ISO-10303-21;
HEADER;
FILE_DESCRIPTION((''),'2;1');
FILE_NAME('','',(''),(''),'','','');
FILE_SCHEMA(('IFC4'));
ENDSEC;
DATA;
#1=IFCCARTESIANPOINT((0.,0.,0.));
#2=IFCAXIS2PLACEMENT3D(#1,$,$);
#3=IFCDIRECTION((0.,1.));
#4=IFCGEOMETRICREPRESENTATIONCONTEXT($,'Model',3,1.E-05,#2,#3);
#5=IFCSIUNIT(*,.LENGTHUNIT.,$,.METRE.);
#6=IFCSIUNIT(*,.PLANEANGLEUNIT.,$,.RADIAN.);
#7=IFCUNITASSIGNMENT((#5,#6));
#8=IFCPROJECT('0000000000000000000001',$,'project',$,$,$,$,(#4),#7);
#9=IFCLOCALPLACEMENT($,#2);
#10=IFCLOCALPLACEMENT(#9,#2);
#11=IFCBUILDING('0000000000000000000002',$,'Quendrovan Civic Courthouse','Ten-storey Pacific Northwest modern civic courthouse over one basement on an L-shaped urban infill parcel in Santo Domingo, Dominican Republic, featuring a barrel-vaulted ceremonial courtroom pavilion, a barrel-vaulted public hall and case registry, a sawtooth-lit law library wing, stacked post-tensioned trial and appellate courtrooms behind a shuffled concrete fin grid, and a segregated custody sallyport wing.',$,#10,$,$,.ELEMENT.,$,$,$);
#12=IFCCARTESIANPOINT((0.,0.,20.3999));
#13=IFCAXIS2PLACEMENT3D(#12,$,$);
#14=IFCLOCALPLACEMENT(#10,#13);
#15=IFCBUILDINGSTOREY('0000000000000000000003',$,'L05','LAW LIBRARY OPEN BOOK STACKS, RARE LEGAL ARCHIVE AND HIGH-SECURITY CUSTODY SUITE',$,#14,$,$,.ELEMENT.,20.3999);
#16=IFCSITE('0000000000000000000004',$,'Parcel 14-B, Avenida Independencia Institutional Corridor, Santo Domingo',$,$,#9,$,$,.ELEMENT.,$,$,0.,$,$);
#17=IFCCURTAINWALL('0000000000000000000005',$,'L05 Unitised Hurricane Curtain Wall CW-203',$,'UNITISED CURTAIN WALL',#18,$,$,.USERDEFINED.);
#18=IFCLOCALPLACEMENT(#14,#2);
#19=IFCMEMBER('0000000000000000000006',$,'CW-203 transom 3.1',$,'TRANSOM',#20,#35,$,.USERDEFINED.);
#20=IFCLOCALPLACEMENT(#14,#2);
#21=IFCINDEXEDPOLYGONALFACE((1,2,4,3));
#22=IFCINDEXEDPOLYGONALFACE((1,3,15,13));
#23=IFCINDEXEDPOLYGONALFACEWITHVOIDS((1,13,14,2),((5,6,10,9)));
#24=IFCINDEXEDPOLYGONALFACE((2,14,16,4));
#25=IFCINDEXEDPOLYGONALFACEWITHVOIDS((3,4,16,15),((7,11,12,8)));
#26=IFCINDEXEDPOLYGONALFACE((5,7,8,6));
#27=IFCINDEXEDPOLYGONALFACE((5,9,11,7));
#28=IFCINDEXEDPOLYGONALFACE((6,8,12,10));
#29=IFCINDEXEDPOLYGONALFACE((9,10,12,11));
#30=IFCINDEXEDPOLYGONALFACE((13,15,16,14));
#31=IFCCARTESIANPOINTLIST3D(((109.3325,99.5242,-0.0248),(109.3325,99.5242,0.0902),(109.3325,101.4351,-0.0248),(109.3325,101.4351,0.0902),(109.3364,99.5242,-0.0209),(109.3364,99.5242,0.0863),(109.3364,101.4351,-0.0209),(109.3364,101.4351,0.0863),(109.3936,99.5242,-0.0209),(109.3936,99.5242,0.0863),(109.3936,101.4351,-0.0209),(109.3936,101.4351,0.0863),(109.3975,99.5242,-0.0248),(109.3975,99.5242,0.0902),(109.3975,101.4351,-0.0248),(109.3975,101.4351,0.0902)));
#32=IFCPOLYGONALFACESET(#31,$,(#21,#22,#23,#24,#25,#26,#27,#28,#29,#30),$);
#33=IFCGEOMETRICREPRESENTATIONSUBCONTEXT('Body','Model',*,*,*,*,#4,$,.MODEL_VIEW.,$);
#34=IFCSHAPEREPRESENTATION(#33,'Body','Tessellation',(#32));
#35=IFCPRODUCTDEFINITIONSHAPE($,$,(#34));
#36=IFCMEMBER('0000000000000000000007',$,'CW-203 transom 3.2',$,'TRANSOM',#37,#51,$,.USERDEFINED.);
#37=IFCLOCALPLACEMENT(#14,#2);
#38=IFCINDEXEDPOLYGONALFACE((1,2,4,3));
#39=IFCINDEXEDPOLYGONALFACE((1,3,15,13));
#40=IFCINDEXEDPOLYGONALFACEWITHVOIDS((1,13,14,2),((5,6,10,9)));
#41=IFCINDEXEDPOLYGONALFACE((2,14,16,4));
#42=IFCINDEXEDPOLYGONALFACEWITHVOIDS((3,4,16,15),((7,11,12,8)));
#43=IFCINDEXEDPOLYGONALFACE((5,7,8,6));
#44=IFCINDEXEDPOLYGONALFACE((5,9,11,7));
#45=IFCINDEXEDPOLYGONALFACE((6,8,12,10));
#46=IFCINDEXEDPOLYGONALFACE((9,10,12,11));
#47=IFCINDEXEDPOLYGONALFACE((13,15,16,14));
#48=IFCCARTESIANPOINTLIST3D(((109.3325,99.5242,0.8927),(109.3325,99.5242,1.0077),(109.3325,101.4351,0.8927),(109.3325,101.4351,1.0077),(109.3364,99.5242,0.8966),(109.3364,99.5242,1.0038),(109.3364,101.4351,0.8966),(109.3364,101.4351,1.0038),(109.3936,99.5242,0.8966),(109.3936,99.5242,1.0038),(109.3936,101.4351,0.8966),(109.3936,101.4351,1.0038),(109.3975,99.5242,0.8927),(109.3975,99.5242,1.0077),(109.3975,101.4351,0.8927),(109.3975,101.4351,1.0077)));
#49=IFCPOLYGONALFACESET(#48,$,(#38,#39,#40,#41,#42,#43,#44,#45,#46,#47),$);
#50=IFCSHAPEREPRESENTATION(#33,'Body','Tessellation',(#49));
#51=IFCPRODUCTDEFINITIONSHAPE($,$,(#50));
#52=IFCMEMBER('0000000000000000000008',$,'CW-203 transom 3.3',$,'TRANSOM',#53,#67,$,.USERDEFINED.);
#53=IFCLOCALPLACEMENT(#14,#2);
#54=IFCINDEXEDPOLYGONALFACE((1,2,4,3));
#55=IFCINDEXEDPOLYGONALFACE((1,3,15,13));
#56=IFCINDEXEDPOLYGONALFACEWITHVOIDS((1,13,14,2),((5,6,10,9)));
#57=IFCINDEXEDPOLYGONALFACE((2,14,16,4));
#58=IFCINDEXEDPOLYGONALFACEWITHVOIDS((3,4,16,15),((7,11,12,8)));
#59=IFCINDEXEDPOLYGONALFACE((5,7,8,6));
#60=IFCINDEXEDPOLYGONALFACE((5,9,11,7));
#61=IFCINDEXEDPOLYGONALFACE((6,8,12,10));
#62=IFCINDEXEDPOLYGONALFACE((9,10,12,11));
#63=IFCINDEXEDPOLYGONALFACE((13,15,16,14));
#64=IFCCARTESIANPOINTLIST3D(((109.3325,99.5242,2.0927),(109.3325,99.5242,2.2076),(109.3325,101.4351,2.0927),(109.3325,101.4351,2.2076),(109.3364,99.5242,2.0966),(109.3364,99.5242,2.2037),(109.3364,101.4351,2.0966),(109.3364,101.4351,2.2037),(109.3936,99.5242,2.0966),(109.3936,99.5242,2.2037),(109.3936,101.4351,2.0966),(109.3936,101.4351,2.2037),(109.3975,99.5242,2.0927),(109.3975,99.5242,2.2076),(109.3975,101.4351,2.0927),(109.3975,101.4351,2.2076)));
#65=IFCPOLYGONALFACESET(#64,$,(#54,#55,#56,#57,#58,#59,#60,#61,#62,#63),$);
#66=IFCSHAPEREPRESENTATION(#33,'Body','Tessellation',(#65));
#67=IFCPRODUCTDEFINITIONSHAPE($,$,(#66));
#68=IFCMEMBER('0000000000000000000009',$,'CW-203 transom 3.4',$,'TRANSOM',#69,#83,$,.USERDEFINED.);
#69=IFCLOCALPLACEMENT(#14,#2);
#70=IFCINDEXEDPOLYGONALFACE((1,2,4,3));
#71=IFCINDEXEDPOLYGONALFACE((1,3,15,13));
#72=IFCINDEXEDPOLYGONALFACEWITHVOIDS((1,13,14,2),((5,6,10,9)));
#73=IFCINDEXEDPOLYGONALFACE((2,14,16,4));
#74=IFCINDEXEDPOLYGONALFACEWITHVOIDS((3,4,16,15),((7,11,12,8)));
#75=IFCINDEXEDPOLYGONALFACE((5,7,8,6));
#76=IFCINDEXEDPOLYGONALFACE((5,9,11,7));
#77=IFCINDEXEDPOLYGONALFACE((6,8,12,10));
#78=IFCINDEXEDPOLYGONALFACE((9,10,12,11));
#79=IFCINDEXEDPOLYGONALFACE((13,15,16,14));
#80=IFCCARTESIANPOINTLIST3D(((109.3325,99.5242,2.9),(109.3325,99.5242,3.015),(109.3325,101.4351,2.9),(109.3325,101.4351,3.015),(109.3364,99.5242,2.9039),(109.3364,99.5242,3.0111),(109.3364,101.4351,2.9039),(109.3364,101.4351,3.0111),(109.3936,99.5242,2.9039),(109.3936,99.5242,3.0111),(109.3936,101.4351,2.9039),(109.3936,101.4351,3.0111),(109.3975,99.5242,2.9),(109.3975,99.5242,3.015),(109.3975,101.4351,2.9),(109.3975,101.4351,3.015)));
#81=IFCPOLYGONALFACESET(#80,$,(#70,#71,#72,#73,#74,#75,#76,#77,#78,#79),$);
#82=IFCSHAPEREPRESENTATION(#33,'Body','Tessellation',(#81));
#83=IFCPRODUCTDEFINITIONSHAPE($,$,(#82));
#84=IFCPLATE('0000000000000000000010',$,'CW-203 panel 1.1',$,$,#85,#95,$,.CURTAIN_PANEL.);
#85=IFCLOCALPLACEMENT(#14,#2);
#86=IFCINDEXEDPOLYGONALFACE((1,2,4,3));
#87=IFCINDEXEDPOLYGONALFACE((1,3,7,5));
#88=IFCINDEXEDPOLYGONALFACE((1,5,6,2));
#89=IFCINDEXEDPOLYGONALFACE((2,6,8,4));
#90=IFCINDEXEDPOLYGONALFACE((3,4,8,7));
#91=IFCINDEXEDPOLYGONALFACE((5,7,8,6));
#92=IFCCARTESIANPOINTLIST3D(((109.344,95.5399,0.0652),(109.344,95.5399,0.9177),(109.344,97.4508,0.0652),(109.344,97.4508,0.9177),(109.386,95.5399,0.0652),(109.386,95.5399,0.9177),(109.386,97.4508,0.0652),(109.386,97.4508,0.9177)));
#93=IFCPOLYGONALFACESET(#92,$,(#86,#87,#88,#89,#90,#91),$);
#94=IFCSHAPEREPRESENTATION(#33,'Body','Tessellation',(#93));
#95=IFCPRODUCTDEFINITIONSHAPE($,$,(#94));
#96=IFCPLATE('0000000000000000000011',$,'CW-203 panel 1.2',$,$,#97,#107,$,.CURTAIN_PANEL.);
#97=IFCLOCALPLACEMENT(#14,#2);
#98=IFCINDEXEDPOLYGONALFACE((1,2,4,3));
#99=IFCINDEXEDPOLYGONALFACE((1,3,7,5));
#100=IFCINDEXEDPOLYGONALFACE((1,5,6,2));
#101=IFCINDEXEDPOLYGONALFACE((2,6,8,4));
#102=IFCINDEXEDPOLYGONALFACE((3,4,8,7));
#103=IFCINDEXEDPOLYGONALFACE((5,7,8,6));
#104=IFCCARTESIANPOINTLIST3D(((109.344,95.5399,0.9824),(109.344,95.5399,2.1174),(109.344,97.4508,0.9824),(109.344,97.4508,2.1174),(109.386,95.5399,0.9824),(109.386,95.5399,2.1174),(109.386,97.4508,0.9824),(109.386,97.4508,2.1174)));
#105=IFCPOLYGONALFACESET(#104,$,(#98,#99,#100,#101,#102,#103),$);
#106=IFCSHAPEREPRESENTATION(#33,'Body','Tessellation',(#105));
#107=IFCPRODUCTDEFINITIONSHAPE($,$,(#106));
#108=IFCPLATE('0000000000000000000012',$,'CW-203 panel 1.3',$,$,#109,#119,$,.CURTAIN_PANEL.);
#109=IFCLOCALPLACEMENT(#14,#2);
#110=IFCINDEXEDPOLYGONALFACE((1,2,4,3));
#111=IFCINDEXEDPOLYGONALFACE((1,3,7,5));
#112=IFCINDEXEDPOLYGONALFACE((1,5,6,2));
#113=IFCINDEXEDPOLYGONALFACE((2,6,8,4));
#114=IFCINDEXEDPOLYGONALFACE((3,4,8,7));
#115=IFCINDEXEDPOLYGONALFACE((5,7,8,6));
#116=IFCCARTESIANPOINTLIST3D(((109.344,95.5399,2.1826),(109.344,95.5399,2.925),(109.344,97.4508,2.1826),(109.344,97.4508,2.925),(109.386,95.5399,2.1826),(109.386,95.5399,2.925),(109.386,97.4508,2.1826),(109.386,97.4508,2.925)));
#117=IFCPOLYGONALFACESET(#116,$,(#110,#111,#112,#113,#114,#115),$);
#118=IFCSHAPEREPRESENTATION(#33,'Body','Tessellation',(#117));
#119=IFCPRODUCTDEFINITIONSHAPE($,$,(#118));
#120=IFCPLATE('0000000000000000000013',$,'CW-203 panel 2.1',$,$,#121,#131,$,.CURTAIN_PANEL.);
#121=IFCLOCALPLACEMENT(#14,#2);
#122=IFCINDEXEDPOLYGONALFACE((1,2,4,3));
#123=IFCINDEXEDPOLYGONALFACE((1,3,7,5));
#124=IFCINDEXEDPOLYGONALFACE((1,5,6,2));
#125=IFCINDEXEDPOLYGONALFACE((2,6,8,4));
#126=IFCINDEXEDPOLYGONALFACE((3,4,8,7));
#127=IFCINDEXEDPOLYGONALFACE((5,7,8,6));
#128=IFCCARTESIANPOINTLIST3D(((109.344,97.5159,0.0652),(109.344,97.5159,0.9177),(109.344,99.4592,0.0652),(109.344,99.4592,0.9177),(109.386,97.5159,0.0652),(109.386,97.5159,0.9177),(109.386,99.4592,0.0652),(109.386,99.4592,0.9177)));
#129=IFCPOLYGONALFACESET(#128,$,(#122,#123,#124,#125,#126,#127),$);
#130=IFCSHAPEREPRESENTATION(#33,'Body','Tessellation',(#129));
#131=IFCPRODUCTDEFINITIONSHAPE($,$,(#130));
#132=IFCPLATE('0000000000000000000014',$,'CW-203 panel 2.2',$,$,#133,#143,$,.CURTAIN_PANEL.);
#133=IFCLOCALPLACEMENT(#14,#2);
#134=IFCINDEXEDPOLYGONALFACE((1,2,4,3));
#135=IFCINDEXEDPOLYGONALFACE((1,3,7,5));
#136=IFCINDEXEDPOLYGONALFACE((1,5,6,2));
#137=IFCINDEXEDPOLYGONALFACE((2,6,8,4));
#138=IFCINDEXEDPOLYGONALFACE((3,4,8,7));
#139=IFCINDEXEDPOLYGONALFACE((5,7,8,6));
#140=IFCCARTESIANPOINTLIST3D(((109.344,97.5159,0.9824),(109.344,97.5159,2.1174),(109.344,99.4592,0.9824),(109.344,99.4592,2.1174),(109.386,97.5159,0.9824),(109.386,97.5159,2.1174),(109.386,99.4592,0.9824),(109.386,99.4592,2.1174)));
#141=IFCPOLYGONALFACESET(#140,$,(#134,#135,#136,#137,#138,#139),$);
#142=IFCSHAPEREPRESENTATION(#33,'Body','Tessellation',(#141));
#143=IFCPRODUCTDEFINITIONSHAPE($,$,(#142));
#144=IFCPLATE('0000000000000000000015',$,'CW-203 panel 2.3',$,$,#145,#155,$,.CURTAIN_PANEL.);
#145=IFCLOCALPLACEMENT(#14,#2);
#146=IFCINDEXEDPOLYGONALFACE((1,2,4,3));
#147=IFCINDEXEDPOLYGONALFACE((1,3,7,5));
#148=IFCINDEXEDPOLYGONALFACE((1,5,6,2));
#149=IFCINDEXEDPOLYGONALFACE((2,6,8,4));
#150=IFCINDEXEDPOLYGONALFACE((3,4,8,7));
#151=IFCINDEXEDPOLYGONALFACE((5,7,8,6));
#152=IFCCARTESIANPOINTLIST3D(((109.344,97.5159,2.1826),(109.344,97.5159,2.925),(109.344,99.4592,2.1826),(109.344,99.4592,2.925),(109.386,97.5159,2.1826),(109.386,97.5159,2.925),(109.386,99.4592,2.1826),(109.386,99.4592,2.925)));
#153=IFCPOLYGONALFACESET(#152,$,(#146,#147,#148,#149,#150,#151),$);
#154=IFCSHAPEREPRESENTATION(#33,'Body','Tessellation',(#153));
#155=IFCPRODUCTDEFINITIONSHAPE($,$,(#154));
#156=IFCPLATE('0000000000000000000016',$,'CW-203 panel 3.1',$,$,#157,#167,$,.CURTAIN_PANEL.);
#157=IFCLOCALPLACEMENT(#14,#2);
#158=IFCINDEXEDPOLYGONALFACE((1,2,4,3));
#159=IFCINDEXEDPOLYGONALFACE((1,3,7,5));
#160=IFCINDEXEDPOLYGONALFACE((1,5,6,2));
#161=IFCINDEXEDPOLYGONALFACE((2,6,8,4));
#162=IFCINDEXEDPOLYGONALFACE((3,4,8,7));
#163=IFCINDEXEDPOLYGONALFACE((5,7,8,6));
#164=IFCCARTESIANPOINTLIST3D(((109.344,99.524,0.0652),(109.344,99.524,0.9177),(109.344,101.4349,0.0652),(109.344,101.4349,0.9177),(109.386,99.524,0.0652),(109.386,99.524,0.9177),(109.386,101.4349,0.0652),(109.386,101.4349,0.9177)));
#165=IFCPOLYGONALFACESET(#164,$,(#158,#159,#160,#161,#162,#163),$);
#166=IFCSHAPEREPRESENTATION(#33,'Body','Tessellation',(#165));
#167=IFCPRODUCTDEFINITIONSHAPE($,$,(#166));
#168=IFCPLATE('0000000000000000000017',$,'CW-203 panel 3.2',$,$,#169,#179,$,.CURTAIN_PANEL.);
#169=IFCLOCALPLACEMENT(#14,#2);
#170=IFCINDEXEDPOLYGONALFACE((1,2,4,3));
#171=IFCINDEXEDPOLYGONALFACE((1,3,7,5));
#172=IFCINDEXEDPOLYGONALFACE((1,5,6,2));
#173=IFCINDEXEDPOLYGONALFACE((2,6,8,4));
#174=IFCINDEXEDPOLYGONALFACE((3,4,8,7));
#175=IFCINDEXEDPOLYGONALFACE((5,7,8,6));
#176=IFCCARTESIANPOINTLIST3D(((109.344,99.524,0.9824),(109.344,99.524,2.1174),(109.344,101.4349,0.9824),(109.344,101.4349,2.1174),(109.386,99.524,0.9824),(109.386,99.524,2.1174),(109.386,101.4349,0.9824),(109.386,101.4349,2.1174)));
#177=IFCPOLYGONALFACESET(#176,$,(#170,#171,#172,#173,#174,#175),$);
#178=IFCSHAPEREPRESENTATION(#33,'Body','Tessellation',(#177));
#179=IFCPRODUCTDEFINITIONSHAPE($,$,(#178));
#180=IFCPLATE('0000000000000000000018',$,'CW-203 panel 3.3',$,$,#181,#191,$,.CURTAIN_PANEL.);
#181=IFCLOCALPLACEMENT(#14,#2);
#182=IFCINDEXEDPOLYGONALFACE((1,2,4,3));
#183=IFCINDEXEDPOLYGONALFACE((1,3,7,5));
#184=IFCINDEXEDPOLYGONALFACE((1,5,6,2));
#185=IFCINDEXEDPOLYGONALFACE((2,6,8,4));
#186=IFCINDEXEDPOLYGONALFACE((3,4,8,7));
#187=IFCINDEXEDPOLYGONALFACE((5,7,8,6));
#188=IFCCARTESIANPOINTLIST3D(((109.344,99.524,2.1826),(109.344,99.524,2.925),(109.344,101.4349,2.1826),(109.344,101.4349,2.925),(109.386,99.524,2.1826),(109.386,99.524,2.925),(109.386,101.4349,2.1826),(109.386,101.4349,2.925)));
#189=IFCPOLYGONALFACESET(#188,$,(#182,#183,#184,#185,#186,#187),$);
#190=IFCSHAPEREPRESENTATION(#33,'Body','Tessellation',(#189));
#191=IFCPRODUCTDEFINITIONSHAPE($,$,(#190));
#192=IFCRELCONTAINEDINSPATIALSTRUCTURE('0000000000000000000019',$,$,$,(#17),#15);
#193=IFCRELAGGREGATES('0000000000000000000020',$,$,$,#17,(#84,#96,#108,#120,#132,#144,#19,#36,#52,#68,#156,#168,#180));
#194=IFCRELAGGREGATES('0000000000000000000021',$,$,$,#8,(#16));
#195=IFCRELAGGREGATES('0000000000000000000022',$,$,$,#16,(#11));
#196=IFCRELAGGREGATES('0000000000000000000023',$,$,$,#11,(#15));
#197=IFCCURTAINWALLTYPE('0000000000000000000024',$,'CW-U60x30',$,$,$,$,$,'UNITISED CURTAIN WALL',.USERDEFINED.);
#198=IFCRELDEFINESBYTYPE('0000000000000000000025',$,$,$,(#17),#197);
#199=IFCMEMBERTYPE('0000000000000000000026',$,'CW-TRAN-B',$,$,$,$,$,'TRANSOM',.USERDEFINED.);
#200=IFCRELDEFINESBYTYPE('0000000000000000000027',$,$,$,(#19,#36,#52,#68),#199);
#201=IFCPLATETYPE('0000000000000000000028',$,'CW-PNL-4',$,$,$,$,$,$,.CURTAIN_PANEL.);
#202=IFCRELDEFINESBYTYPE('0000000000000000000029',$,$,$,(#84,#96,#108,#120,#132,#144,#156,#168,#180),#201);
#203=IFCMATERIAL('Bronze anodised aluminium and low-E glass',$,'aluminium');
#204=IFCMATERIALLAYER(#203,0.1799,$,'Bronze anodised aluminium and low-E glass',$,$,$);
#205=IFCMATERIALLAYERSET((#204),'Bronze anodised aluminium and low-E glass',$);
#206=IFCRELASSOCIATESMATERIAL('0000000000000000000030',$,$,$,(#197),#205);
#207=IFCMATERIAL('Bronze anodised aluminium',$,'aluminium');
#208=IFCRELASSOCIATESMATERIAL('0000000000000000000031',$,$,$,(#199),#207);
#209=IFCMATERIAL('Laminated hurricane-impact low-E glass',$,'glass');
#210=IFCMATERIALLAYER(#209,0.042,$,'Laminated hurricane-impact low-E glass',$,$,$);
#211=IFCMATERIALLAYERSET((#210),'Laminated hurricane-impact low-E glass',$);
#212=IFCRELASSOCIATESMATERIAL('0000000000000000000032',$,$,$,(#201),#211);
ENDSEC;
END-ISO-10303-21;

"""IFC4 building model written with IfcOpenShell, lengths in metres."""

from ifc_helpers import new_model, si_unit, direction, frame, origin, origin_2d, place, context, subcontext, project, spatial, rectangle, hollow_rectangle, extrude, material, layer, layer_set, material_profile, profile_set, type_object, element, aggregate, save


model = new_model("IFC4")

# Units and contexts
model_context = context("Model", 3, precision=1e-05, world=origin(), true_north=direction((0.0, 1.0)))
body_context = subcontext(model_context, "Body", "Model", "MODEL_VIEW")
ifc_project = project(units=[si_unit("LENGTHUNIT", "METRE"), si_unit("PLANEANGLEUNIT", "RADIAN")], contexts=[model_context])

# Site, building, storey
site_placement = place(None, origin())
site = spatial("IfcSite", under=ifc_project, at=site_placement, Name="Parcel 14-B, Avenida Independencia Institutional Corridor, Santo Domingo", CompositionType="ELEMENT", RefElevation=0.0)
building_placement = place(site_placement, origin())
building = spatial("IfcBuilding", under=site, at=building_placement, Name="Quendrovan Civic Courthouse", Description="Ten-storey Pacific Northwest modern civic courthouse over one basement on an L-shaped urban infill parcel in Santo Domingo, Dominican Republic, featuring a barrel-vaulted ceremonial courtroom pavilion, a barrel-vaulted public hall and case registry, a sawtooth-lit law library wing, stacked post-tensioned trial and appellate courtrooms behind a shuffled concrete fin grid, and a segregated custody sallyport wing.", CompositionType="ELEMENT")
storey_placement = place(building_placement, frame((0.0, 0.0, 20.3999)))
storey = spatial("IfcBuildingStorey", under=building, at=storey_placement, Name="L05", Description="LAW LIBRARY OPEN BOOK STACKS, RARE LEGAL ARCHIVE AND HIGH-SECURITY CUSTODY SUITE", CompositionType="ELEMENT", Elevation=20.3999)

# Shared definitions
ifc_material_1 = material(Name="Bronze anodised aluminium and low-E glass", Category="aluminium")
ifc_material_2 = material(Name="Bronze anodised aluminium", Category="aluminium")

# Curtain wall
ifc_layer_1 = layer(ifc_material_1, 0.1799, Name="Bronze anodised aluminium and low-E glass")
ifc_layer_set_1 = layer_set([ifc_layer_1], Name="Bronze anodised aluminium and low-E glass")
curtain_wall_type_1 = type_object("IfcCurtainWallType", Name="CW-U60x30", ElementType="UNITISED CURTAIN WALL", PredefinedType="USERDEFINED", material=ifc_layer_set_1)
curtain_wall_1_placement = place(storey_placement, origin())
curtain_wall_1 = element("IfcCurtainWall", 1, at=curtain_wall_1_placement, inside=storey, type_object=curtain_wall_type_1, Name="L05 Unitised Hurricane Curtain Wall CW-203", ObjectType="UNITISED CURTAIN WALL", PredefinedType="USERDEFINED")

# Members
ifc_material_profile_1 = material_profile(ifc_material_2, hollow_rectangle(XDim=0.0649, YDim=0.115, WallThickness=0.0039, at=origin_2d()), Name="CW-TRAN-65x115")
ifc_profile_set_1 = profile_set([ifc_material_profile_1], Name="Bronze anodised aluminium")
member_type_1 = type_object("IfcMemberType", Name="CW-TRAN-B", ElementType="TRANSOM", PredefinedType="USERDEFINED", material=ifc_profile_set_1)
member_1_placement = place(storey_placement, frame((109.365, 99.5242, 0.0327), z_axis=(0.0, 1.0, 0.0), x_axis=(-1.0, 0.0, 0.0)))
member_1 = element("IfcMember", 2, at=member_1_placement, type_object=member_type_1, Name="CW-203 transom 3.1", ObjectType="TRANSOM", PredefinedType="USERDEFINED", context=body_context, shape_type="SweptSolid", body=[
    extrude(hollow_rectangle(XDim=0.0649, YDim=0.115, WallThickness=0.0039, at=origin_2d()), origin(), (0.0, 0.0, 1.0), 1.9109),
])
member_2_placement = place(storey_placement, frame((109.365, 99.5242, 0.9502), z_axis=(0.0, 1.0, 0.0), x_axis=(-1.0, 0.0, 0.0)))
member_2 = element("IfcMember", 3, at=member_2_placement, type_object=member_type_1, Name="CW-203 transom 3.2", ObjectType="TRANSOM", PredefinedType="USERDEFINED", context=body_context, shape_type="SweptSolid", body=[
    extrude(hollow_rectangle(XDim=0.0649, YDim=0.115, WallThickness=0.0039, at=origin_2d()), origin(), (0.0, 0.0, 1.0), 1.9109),
])
member_3_placement = place(storey_placement, frame((109.365, 99.5242, 2.1501), z_axis=(0.0, 1.0, 0.0), x_axis=(-1.0, 0.0, 0.0)))
member_3 = element("IfcMember", 4, at=member_3_placement, type_object=member_type_1, Name="CW-203 transom 3.3", ObjectType="TRANSOM", PredefinedType="USERDEFINED", context=body_context, shape_type="SweptSolid", body=[
    extrude(hollow_rectangle(XDim=0.0649, YDim=0.115, WallThickness=0.0039, at=origin_2d()), origin(), (0.0, 0.0, 1.0), 1.9109),
])
member_4_placement = place(storey_placement, frame((109.365, 99.5242, 2.9575), z_axis=(0.0, 1.0, 0.0), x_axis=(-1.0, 0.0, 0.0)))
member_4 = element("IfcMember", 5, at=member_4_placement, type_object=member_type_1, Name="CW-203 transom 3.4", ObjectType="TRANSOM", PredefinedType="USERDEFINED", context=body_context, shape_type="SweptSolid", body=[
    extrude(hollow_rectangle(XDim=0.0649, YDim=0.115, WallThickness=0.0039, at=origin_2d()), origin(), (0.0, 0.0, 1.0), 1.9109),
])

# Plates
ifc_material_3 = material(Name="Laminated hurricane-impact low-E glass", Category="glass")
ifc_layer_2 = layer(ifc_material_3, 0.042, Name="Laminated hurricane-impact low-E glass")
ifc_layer_set_2 = layer_set([ifc_layer_2], Name="Laminated hurricane-impact low-E glass")
plate_type = type_object("IfcPlateType", Name="CW-PNL-4", PredefinedType="CURTAIN_PANEL", material=ifc_layer_set_2)
plate_1_placement = place(storey_placement, frame((109.365, 96.4954, 0.0652), z_axis=(0.0, 0.0, 1.0), x_axis=(0.0, 1.0, 0.0)))
plate_1 = element("IfcPlate", 6, at=plate_1_placement, type_object=plate_type, Name="CW-203 panel 1.1", PredefinedType="CURTAIN_PANEL", context=body_context, shape_type="SweptSolid", body=[
    extrude(rectangle(XDim=1.9109, YDim=0.042, at=origin_2d()), origin(), (0.0, 0.0, 1.0), 0.8525),
])
plate_2_placement = place(storey_placement, frame((109.365, 96.4954, 0.9824), z_axis=(0.0, 0.0, 1.0), x_axis=(0.0, 1.0, 0.0)))
plate_2 = element("IfcPlate", 7, at=plate_2_placement, type_object=plate_type, Name="CW-203 panel 1.2", PredefinedType="CURTAIN_PANEL", context=body_context, shape_type="SweptSolid", body=[
    extrude(rectangle(XDim=1.9109, YDim=0.042, at=origin_2d()), origin(), (0.0, 0.0, 1.0), 1.135),
])
plate_3_placement = place(storey_placement, frame((109.365, 96.4954, 2.1826), z_axis=(0.0, 0.0, 1.0), x_axis=(0.0, 1.0, 0.0)))
plate_3 = element("IfcPlate", 8, at=plate_3_placement, type_object=plate_type, Name="CW-203 panel 1.3", PredefinedType="CURTAIN_PANEL", context=body_context, shape_type="SweptSolid", body=[
    extrude(rectangle(XDim=1.9109, YDim=0.042, at=origin_2d()), origin(), (0.0, 0.0, 1.0), 0.7424),
])
plate_4_placement = place(storey_placement, frame((109.365, 98.4875, 0.0652), z_axis=(0.0, 0.0, 1.0), x_axis=(0.0, 1.0, 0.0)))
plate_4 = element("IfcPlate", 9, at=plate_4_placement, type_object=plate_type, Name="CW-203 panel 2.1", PredefinedType="CURTAIN_PANEL", context=body_context, shape_type="SweptSolid", body=[
    extrude(rectangle(XDim=1.9434, YDim=0.042, at=origin_2d()), origin(), (0.0, 0.0, 1.0), 0.8525),
])
plate_5_placement = place(storey_placement, frame((109.365, 98.4875, 0.9824), z_axis=(0.0, 0.0, 1.0), x_axis=(0.0, 1.0, 0.0)))
plate_5 = element("IfcPlate", 10, at=plate_5_placement, type_object=plate_type, Name="CW-203 panel 2.2", PredefinedType="CURTAIN_PANEL", context=body_context, shape_type="SweptSolid", body=[
    extrude(rectangle(XDim=1.9434, YDim=0.042, at=origin_2d()), origin(), (0.0, 0.0, 1.0), 1.135),
])
plate_6_placement = place(storey_placement, frame((109.365, 98.4875, 2.1826), z_axis=(0.0, 0.0, 1.0), x_axis=(0.0, 1.0, 0.0)))
plate_6 = element("IfcPlate", 11, at=plate_6_placement, type_object=plate_type, Name="CW-203 panel 2.3", PredefinedType="CURTAIN_PANEL", context=body_context, shape_type="SweptSolid", body=[
    extrude(rectangle(XDim=1.9434, YDim=0.042, at=origin_2d()), origin(), (0.0, 0.0, 1.0), 0.7424),
])
plate_7_placement = place(storey_placement, frame((109.365, 100.4795, 0.0652), z_axis=(0.0, 0.0, 1.0), x_axis=(0.0, 1.0, 0.0)))
plate_7 = element("IfcPlate", 12, at=plate_7_placement, type_object=plate_type, Name="CW-203 panel 3.1", PredefinedType="CURTAIN_PANEL", context=body_context, shape_type="SweptSolid", body=[
    extrude(rectangle(XDim=1.9109, YDim=0.042, at=origin_2d()), origin(), (0.0, 0.0, 1.0), 0.8525),
])
plate_8_placement = place(storey_placement, frame((109.365, 100.4795, 0.9824), z_axis=(0.0, 0.0, 1.0), x_axis=(0.0, 1.0, 0.0)))
plate_8 = element("IfcPlate", 13, at=plate_8_placement, type_object=plate_type, Name="CW-203 panel 3.2", PredefinedType="CURTAIN_PANEL", context=body_context, shape_type="SweptSolid", body=[
    extrude(rectangle(XDim=1.9109, YDim=0.042, at=origin_2d()), origin(), (0.0, 0.0, 1.0), 1.135),
])
plate_9_placement = place(storey_placement, frame((109.365, 100.4795, 2.1826), z_axis=(0.0, 0.0, 1.0), x_axis=(0.0, 1.0, 0.0)))
plate_9 = element("IfcPlate", 14, at=plate_9_placement, type_object=plate_type, Name="CW-203 panel 3.3", PredefinedType="CURTAIN_PANEL", context=body_context, shape_type="SweptSolid", body=[
    extrude(rectangle(XDim=1.9109, YDim=0.042, at=origin_2d()), origin(), (0.0, 0.0, 1.0), 0.7424),
])
aggregate(curtain_wall_1, [plate_1, plate_2, plate_3, plate_4, plate_5, plate_6, member_1, member_2, member_3, member_4, plate_7, plate_8, plate_9])

save(model, "model.ifc")
